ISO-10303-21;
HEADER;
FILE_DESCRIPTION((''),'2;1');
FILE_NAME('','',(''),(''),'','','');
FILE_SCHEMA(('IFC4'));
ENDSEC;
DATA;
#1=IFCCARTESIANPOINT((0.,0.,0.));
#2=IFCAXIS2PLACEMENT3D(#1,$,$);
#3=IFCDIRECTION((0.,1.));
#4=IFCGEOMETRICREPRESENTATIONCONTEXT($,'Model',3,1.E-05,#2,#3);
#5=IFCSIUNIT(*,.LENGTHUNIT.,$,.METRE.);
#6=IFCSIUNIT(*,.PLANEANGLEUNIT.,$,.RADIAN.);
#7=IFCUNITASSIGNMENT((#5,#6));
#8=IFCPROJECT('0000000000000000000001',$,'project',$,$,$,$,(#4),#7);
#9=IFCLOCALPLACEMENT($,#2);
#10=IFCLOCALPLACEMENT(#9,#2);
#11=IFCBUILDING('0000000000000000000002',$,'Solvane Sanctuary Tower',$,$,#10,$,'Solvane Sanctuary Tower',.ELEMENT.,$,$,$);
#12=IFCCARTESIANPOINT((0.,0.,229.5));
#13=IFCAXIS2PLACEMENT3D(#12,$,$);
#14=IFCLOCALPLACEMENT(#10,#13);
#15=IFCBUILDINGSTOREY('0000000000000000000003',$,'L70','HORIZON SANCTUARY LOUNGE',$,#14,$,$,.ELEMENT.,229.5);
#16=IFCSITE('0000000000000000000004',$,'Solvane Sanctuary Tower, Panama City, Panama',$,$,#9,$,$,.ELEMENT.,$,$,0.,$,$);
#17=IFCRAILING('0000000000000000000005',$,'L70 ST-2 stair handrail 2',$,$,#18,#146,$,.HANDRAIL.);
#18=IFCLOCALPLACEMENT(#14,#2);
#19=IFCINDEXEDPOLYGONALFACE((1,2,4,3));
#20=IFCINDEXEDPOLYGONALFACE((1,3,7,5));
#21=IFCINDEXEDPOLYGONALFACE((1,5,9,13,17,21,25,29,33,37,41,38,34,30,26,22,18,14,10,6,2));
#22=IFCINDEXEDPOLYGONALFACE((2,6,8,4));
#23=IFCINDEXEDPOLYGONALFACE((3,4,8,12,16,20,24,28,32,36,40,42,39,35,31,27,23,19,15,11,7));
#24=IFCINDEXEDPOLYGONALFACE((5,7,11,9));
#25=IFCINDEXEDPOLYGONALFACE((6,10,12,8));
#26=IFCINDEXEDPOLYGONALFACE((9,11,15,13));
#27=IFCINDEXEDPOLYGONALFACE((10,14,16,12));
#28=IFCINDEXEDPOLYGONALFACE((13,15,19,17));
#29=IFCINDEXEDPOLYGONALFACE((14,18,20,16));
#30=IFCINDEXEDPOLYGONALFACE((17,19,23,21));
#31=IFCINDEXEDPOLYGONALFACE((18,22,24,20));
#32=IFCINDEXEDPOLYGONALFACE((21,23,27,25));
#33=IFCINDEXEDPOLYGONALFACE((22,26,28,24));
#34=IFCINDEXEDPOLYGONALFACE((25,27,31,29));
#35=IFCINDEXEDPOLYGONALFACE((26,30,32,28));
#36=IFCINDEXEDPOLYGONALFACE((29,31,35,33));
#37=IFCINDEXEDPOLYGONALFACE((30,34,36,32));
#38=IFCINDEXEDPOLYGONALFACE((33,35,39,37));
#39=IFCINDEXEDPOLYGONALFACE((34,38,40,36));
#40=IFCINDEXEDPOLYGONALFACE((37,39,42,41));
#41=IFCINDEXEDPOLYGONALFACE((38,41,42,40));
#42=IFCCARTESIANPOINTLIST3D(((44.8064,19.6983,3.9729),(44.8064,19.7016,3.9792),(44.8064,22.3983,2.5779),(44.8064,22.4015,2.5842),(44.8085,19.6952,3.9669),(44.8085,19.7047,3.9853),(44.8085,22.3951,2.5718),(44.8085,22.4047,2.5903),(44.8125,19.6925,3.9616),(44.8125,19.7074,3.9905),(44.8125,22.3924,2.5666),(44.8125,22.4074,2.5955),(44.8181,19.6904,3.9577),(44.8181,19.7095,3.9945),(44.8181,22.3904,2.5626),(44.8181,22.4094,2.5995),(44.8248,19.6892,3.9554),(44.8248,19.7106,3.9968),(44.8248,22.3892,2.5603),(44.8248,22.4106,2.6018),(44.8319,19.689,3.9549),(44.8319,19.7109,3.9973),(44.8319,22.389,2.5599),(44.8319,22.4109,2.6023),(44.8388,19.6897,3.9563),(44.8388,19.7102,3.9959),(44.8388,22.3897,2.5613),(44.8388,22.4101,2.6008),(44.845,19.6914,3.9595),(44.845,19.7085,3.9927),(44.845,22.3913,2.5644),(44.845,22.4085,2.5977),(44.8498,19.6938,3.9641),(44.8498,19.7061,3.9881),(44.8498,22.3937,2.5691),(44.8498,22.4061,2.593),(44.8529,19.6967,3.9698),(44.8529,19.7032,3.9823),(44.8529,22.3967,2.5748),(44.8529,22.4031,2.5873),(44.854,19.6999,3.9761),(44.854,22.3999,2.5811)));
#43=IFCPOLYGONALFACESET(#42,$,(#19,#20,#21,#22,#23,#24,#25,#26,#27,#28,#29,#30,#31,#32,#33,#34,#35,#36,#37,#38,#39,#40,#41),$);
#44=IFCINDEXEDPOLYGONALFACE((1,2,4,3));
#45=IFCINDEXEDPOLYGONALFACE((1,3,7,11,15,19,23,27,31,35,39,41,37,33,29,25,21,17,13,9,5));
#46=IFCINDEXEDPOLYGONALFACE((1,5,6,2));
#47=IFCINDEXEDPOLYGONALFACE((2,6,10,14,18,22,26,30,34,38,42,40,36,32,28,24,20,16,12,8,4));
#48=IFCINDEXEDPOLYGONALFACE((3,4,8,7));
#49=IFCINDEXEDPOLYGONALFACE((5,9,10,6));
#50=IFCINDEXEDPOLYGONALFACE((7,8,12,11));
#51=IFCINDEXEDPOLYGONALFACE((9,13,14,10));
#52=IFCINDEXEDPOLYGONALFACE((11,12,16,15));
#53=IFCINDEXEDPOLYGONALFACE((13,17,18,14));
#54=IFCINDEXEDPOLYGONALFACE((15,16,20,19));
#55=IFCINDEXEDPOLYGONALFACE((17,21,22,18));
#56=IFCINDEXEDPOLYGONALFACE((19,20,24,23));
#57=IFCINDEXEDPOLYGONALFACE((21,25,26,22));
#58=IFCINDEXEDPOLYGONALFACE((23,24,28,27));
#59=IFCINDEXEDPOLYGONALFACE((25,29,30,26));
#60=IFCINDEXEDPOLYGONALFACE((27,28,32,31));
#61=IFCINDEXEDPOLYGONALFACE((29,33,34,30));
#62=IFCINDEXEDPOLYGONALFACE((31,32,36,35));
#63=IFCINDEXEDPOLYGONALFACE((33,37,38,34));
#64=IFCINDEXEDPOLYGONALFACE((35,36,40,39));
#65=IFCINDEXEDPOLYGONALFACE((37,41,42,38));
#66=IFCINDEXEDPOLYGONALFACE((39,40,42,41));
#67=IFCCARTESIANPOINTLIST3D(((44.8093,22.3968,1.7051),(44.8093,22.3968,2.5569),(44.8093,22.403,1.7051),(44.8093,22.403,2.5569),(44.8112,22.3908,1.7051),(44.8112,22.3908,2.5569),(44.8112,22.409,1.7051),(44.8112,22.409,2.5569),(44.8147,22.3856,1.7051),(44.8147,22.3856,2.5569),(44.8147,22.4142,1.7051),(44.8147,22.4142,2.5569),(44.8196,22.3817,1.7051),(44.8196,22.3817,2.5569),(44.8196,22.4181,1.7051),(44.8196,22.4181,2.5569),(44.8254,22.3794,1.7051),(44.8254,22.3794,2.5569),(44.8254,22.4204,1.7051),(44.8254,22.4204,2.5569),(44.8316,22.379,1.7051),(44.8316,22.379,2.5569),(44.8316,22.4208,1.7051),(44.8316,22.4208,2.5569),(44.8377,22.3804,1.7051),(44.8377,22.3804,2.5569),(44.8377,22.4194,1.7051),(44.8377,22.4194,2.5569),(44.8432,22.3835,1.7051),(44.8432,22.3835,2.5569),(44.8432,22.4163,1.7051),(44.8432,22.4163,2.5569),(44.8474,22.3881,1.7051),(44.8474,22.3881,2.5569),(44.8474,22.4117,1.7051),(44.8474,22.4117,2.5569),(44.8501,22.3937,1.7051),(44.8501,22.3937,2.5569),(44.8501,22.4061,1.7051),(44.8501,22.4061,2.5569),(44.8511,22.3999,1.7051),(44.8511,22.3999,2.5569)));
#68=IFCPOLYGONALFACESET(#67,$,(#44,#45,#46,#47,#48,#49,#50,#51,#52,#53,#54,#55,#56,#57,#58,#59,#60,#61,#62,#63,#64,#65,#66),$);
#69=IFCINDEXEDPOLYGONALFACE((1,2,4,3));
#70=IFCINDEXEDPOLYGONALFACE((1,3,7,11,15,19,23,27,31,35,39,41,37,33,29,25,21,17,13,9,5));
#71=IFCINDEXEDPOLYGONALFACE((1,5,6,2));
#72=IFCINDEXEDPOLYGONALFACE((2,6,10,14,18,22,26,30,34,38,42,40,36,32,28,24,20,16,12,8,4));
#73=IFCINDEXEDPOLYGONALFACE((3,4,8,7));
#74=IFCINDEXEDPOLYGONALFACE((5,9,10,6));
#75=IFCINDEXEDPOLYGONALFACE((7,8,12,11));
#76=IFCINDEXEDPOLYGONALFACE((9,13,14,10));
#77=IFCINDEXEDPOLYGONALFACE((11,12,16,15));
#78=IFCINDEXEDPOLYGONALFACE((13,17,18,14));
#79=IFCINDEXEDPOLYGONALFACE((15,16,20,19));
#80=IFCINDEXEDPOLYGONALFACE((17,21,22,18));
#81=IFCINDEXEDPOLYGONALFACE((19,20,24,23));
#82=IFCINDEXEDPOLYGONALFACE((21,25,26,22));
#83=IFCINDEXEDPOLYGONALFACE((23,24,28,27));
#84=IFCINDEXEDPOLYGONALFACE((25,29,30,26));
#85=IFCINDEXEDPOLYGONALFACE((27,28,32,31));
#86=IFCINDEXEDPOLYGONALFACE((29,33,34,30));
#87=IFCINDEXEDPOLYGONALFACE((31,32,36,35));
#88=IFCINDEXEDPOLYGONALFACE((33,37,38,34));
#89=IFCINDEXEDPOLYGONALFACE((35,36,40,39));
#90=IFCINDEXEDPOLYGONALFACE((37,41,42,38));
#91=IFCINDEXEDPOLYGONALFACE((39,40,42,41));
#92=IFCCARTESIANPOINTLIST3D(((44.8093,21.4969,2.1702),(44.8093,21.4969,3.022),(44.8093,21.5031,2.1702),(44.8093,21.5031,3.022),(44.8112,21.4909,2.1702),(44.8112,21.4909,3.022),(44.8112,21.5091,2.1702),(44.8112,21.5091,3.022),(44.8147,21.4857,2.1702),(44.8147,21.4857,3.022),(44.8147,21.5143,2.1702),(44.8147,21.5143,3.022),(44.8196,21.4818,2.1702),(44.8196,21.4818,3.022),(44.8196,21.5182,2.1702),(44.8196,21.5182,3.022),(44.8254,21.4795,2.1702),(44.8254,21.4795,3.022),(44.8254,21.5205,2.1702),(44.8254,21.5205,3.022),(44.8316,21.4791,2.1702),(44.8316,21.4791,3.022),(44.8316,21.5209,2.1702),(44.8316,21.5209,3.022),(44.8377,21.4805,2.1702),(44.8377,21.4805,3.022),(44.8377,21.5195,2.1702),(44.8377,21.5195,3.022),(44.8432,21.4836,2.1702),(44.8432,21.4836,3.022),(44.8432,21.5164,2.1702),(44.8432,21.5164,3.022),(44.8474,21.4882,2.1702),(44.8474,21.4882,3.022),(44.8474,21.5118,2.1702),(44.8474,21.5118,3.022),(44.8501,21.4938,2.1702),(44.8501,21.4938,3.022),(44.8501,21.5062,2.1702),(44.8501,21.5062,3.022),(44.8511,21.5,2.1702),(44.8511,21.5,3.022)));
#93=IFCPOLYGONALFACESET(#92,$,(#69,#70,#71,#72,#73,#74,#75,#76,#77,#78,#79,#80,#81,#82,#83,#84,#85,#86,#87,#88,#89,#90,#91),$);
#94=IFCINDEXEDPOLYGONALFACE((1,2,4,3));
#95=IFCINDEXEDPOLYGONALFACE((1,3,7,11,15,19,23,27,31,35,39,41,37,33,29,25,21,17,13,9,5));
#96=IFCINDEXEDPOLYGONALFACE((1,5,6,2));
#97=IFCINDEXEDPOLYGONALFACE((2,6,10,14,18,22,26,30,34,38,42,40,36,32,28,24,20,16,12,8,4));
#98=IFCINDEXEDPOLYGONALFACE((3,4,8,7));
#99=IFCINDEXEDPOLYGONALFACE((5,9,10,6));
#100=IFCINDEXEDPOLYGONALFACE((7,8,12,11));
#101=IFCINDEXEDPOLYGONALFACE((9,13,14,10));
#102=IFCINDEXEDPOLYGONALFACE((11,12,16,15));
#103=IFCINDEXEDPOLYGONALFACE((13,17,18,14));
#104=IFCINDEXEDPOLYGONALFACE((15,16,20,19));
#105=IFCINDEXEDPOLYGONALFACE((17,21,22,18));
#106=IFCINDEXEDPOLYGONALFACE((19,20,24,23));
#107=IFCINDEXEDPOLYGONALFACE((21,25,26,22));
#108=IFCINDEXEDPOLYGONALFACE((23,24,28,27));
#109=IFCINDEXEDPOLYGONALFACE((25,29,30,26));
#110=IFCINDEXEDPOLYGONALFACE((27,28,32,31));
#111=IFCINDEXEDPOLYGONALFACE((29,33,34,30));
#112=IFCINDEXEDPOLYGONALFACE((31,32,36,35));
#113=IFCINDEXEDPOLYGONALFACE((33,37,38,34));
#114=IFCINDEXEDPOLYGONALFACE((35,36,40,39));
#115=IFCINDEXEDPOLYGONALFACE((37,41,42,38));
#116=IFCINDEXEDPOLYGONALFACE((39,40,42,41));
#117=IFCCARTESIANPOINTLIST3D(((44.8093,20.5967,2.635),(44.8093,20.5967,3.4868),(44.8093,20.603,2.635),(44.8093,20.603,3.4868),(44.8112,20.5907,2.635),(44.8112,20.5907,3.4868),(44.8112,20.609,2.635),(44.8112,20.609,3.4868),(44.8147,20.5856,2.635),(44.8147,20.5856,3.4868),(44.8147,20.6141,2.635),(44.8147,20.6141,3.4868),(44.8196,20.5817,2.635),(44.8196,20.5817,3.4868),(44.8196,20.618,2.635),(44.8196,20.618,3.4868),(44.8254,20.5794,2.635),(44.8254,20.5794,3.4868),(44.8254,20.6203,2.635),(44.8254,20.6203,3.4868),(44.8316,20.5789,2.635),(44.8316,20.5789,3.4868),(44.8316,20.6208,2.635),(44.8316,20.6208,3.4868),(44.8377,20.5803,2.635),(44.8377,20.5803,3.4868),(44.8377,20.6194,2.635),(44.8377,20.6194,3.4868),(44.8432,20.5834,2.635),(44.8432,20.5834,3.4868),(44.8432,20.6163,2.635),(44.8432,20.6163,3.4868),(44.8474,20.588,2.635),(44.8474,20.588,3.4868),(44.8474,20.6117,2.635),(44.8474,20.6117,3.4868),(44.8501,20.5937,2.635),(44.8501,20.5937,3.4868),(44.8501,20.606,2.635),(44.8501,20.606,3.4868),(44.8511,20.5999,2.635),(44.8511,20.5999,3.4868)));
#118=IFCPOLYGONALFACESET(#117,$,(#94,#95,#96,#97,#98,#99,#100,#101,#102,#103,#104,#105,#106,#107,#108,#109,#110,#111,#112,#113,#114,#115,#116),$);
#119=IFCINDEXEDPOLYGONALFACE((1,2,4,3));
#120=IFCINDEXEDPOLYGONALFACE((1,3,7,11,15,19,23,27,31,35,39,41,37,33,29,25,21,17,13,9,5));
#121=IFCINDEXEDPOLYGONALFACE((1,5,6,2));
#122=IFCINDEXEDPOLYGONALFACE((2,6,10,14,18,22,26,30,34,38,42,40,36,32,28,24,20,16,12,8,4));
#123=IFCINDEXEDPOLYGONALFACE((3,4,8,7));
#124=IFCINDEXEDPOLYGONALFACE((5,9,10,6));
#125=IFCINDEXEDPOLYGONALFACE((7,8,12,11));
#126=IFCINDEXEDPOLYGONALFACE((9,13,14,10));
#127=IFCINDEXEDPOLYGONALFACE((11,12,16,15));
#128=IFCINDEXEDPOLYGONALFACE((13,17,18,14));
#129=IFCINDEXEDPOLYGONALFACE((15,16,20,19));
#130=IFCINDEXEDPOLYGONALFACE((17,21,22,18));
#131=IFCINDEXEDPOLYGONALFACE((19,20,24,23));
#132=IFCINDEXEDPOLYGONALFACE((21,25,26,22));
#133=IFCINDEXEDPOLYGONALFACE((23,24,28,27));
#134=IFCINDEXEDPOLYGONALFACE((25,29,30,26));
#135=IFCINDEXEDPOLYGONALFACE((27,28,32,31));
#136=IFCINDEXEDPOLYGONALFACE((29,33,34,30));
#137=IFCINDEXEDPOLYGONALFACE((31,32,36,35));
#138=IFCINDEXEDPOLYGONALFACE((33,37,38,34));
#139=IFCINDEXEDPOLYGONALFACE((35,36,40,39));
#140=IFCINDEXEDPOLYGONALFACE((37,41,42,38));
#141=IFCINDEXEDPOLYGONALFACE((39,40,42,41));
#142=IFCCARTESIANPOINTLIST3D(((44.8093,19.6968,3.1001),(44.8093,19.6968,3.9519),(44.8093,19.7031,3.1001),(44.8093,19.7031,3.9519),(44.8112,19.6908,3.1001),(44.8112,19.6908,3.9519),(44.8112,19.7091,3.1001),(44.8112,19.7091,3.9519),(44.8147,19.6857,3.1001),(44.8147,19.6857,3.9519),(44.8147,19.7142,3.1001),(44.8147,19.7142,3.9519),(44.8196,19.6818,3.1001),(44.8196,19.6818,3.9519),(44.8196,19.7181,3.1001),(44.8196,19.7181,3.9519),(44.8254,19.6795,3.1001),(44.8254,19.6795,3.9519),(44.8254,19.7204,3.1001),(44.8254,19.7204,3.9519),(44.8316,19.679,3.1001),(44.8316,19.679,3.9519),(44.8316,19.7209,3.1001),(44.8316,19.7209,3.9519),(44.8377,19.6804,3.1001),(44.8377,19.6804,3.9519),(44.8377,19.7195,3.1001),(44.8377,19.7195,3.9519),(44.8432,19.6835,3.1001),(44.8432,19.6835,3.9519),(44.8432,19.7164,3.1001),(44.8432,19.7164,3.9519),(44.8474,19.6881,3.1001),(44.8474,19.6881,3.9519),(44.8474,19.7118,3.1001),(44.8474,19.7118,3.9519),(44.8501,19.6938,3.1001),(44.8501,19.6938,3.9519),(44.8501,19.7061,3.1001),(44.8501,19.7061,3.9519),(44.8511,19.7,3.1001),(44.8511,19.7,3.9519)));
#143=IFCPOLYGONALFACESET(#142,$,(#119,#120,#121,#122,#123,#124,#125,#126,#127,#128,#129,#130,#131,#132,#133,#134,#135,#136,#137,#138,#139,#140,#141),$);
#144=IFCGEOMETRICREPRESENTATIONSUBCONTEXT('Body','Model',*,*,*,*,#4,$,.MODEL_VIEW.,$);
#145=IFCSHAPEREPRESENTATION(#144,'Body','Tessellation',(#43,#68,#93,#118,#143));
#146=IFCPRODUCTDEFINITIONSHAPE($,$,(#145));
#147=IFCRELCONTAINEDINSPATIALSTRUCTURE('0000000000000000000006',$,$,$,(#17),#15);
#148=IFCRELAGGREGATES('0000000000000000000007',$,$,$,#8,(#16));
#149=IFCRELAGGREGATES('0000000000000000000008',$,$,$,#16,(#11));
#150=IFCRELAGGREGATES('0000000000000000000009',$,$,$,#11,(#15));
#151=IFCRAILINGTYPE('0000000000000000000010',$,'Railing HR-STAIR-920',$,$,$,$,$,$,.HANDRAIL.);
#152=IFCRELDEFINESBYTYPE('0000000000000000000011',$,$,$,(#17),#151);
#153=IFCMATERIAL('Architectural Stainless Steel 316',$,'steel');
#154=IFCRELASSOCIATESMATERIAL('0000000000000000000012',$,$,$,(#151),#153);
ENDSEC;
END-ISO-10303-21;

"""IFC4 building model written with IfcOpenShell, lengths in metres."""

from ifc_helpers import new_model, si_unit, direction, frame, origin, origin_2d, place, context, subcontext, project, spatial, circle, extrude, material, type_object, element, save


model = new_model("IFC4")

# Units and contexts
model_context = context("Model", 3, precision=1e-05, world=origin(), true_north=direction((0.0, 1.0)))
body_context = subcontext(model_context, "Body", "Model", "MODEL_VIEW")
ifc_project = project(units=[si_unit("LENGTHUNIT", "METRE"), si_unit("PLANEANGLEUNIT", "RADIAN")], contexts=[model_context])

# Site, building, storey
site_placement = place(None, origin())
site = spatial("IfcSite", under=ifc_project, at=site_placement, Name="Solvane Sanctuary Tower, Panama City, Panama", CompositionType="ELEMENT", RefElevation=0.0)
building_placement = place(site_placement, origin())
building = spatial("IfcBuilding", under=site, at=building_placement, Name="Solvane Sanctuary Tower", LongName="Solvane Sanctuary Tower", CompositionType="ELEMENT")
storey_placement = place(building_placement, frame((0.0, 0.0, 229.5)))
storey = spatial("IfcBuildingStorey", under=building, at=storey_placement, Name="L70", Description="HORIZON SANCTUARY LOUNGE", CompositionType="ELEMENT", Elevation=229.5)

# Shared definitions
ifc_material_1 = material(Name="Architectural Stainless Steel 316", Category="steel")

# Railing
railing_type_1 = type_object("IfcRailingType", Name="Railing HR-STAIR-920", PredefinedType="HANDRAIL", material=ifc_material_1)
railing_1_placement = place(storey_placement, frame((44.8301, 22.3999, 1.7051)))
element("IfcRailing", 1, at=railing_1_placement, inside=storey, type_object=railing_type_1, Name="L70 ST-2 stair handrail 2", PredefinedType="HANDRAIL", context=body_context, shape_type="SweptSolid", body=[
    extrude(circle(Radius=0.0239, at=origin_2d()), frame((0.0, 0.0, 0.876), z_axis=(0.0, -0.88842, 0.459032), x_axis=(1.0, 0.0, 0.0)), (0.0, 0.0, 1.0), 3.0391),
    extrude(circle(Radius=0.021, at=origin_2d()), origin(), (0.0, 0.0, 1.0), 0.8518),
    extrude(circle(Radius=0.021, at=origin_2d()), frame((0.0, -0.8999, 0.4651)), (0.0, 0.0, 1.0), 0.8518),
    extrude(circle(Radius=0.021, at=origin_2d()), frame((0.0, -1.8, 0.9299)), (0.0, 0.0, 1.0), 0.8518),
    extrude(circle(Radius=0.021, at=origin_2d()), frame((0.0, -2.7, 1.395)), (0.0, 0.0, 1.0), 0.8518),
])

save(model, "model.ifc")
